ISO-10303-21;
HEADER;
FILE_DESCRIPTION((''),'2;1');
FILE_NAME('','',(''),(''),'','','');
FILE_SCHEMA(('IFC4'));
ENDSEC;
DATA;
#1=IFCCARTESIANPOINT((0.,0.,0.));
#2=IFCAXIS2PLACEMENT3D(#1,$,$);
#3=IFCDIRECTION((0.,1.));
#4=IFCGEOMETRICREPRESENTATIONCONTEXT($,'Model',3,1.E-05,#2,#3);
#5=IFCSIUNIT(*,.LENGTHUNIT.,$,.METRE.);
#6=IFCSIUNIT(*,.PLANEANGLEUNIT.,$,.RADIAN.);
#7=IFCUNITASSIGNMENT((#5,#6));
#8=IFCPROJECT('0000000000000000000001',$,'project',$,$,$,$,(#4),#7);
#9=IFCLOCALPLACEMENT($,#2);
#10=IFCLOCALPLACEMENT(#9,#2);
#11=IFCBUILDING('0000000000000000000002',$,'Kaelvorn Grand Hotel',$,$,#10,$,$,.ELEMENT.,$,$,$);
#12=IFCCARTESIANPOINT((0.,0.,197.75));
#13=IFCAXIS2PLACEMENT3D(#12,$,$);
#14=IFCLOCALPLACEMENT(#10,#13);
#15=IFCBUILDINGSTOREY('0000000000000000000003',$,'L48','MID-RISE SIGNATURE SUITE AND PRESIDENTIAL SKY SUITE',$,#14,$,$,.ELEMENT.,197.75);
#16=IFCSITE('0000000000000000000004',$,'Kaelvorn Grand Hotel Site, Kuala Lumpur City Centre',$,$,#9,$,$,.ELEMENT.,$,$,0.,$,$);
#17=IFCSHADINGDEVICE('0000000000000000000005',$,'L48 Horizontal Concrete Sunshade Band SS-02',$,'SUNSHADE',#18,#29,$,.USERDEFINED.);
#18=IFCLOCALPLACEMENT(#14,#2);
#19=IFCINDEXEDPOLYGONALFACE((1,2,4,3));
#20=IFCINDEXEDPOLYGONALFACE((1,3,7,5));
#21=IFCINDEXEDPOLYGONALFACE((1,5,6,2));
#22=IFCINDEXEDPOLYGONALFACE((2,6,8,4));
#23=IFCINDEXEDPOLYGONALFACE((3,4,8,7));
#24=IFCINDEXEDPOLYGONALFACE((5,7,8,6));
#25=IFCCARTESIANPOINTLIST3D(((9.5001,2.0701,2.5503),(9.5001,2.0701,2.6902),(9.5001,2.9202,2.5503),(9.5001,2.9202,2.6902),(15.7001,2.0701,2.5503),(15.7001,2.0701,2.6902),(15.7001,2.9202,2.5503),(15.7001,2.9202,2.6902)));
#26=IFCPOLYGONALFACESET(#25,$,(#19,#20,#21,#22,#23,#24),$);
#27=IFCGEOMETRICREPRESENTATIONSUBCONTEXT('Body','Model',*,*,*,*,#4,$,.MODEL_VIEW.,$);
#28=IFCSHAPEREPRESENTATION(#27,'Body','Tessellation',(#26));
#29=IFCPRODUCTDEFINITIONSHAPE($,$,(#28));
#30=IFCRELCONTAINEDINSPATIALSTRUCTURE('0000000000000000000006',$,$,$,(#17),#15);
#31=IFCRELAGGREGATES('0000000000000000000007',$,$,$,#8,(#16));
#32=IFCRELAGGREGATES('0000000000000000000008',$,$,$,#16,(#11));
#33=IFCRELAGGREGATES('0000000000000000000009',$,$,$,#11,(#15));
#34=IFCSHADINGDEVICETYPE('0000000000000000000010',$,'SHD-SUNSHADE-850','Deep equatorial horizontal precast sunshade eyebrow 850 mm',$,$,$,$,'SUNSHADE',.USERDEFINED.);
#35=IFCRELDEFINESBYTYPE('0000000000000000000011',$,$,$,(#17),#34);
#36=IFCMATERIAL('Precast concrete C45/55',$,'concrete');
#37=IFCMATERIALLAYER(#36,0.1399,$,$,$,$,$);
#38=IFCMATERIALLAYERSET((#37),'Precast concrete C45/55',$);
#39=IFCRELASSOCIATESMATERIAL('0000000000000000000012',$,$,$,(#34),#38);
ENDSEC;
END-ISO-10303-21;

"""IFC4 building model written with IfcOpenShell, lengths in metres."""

from ifc_helpers import new_model, si_unit, direction, frame, origin, origin_2d, place, context, subcontext, project, spatial, rectangle, extrude, material, layer, layer_set, type_object, element, save


model = new_model("IFC4")

# Units and contexts
model_context = context("Model", 3, precision=1e-05, world=origin(), true_north=direction((0.0, 1.0)))
body_context = subcontext(model_context, "Body", "Model", "MODEL_VIEW")
ifc_project = project(units=[si_unit("LENGTHUNIT", "METRE"), si_unit("PLANEANGLEUNIT", "RADIAN")], contexts=[model_context])

# Site, building, storey
site_placement = place(None, origin())
site = spatial("IfcSite", under=ifc_project, at=site_placement, Name="Kaelvorn Grand Hotel Site, Kuala Lumpur City Centre", CompositionType="ELEMENT", RefElevation=0.0)
building_placement = place(site_placement, origin())
building = spatial("IfcBuilding", under=site, at=building_placement, Name="Kaelvorn Grand Hotel", CompositionType="ELEMENT")
storey_placement = place(building_placement, frame((0.0, 0.0, 197.75)))
storey = spatial("IfcBuildingStorey", under=building, at=storey_placement, Name="L48", Description="MID-RISE SIGNATURE SUITE AND PRESIDENTIAL SKY SUITE", CompositionType="ELEMENT", Elevation=197.75)

# Shading device
ifc_material_1 = material(Name="Precast concrete C45/55", Category="concrete")
ifc_layer_1 = layer(ifc_material_1, 0.1399)
ifc_layer_set_1 = layer_set([ifc_layer_1], Name="Precast concrete C45/55")
shading_device_type = type_object("IfcShadingDeviceType", Name="SHD-SUNSHADE-850", Description="Deep equatorial horizontal precast sunshade eyebrow 850 mm", ElementType="SUNSHADE", PredefinedType="USERDEFINED", material=ifc_layer_set_1)
shading_device_placement = place(storey_placement, frame((12.6001, 2.4951, 2.5503), z_axis=(0.0, 0.0, 1.0), x_axis=(1.0, 0.0, 0.0)))
element("IfcShadingDevice", 1, at=shading_device_placement, inside=storey, type_object=shading_device_type, Name="L48 Horizontal Concrete Sunshade Band SS-02", ObjectType="SUNSHADE", PredefinedType="USERDEFINED", context=body_context, shape_type="SweptSolid", body=[
    extrude(rectangle(XDim=6.2, YDim=0.8501, at=origin_2d()), origin(), (0.0, 0.0, 1.0), 0.1399),
])

save(model, "model.ifc")
